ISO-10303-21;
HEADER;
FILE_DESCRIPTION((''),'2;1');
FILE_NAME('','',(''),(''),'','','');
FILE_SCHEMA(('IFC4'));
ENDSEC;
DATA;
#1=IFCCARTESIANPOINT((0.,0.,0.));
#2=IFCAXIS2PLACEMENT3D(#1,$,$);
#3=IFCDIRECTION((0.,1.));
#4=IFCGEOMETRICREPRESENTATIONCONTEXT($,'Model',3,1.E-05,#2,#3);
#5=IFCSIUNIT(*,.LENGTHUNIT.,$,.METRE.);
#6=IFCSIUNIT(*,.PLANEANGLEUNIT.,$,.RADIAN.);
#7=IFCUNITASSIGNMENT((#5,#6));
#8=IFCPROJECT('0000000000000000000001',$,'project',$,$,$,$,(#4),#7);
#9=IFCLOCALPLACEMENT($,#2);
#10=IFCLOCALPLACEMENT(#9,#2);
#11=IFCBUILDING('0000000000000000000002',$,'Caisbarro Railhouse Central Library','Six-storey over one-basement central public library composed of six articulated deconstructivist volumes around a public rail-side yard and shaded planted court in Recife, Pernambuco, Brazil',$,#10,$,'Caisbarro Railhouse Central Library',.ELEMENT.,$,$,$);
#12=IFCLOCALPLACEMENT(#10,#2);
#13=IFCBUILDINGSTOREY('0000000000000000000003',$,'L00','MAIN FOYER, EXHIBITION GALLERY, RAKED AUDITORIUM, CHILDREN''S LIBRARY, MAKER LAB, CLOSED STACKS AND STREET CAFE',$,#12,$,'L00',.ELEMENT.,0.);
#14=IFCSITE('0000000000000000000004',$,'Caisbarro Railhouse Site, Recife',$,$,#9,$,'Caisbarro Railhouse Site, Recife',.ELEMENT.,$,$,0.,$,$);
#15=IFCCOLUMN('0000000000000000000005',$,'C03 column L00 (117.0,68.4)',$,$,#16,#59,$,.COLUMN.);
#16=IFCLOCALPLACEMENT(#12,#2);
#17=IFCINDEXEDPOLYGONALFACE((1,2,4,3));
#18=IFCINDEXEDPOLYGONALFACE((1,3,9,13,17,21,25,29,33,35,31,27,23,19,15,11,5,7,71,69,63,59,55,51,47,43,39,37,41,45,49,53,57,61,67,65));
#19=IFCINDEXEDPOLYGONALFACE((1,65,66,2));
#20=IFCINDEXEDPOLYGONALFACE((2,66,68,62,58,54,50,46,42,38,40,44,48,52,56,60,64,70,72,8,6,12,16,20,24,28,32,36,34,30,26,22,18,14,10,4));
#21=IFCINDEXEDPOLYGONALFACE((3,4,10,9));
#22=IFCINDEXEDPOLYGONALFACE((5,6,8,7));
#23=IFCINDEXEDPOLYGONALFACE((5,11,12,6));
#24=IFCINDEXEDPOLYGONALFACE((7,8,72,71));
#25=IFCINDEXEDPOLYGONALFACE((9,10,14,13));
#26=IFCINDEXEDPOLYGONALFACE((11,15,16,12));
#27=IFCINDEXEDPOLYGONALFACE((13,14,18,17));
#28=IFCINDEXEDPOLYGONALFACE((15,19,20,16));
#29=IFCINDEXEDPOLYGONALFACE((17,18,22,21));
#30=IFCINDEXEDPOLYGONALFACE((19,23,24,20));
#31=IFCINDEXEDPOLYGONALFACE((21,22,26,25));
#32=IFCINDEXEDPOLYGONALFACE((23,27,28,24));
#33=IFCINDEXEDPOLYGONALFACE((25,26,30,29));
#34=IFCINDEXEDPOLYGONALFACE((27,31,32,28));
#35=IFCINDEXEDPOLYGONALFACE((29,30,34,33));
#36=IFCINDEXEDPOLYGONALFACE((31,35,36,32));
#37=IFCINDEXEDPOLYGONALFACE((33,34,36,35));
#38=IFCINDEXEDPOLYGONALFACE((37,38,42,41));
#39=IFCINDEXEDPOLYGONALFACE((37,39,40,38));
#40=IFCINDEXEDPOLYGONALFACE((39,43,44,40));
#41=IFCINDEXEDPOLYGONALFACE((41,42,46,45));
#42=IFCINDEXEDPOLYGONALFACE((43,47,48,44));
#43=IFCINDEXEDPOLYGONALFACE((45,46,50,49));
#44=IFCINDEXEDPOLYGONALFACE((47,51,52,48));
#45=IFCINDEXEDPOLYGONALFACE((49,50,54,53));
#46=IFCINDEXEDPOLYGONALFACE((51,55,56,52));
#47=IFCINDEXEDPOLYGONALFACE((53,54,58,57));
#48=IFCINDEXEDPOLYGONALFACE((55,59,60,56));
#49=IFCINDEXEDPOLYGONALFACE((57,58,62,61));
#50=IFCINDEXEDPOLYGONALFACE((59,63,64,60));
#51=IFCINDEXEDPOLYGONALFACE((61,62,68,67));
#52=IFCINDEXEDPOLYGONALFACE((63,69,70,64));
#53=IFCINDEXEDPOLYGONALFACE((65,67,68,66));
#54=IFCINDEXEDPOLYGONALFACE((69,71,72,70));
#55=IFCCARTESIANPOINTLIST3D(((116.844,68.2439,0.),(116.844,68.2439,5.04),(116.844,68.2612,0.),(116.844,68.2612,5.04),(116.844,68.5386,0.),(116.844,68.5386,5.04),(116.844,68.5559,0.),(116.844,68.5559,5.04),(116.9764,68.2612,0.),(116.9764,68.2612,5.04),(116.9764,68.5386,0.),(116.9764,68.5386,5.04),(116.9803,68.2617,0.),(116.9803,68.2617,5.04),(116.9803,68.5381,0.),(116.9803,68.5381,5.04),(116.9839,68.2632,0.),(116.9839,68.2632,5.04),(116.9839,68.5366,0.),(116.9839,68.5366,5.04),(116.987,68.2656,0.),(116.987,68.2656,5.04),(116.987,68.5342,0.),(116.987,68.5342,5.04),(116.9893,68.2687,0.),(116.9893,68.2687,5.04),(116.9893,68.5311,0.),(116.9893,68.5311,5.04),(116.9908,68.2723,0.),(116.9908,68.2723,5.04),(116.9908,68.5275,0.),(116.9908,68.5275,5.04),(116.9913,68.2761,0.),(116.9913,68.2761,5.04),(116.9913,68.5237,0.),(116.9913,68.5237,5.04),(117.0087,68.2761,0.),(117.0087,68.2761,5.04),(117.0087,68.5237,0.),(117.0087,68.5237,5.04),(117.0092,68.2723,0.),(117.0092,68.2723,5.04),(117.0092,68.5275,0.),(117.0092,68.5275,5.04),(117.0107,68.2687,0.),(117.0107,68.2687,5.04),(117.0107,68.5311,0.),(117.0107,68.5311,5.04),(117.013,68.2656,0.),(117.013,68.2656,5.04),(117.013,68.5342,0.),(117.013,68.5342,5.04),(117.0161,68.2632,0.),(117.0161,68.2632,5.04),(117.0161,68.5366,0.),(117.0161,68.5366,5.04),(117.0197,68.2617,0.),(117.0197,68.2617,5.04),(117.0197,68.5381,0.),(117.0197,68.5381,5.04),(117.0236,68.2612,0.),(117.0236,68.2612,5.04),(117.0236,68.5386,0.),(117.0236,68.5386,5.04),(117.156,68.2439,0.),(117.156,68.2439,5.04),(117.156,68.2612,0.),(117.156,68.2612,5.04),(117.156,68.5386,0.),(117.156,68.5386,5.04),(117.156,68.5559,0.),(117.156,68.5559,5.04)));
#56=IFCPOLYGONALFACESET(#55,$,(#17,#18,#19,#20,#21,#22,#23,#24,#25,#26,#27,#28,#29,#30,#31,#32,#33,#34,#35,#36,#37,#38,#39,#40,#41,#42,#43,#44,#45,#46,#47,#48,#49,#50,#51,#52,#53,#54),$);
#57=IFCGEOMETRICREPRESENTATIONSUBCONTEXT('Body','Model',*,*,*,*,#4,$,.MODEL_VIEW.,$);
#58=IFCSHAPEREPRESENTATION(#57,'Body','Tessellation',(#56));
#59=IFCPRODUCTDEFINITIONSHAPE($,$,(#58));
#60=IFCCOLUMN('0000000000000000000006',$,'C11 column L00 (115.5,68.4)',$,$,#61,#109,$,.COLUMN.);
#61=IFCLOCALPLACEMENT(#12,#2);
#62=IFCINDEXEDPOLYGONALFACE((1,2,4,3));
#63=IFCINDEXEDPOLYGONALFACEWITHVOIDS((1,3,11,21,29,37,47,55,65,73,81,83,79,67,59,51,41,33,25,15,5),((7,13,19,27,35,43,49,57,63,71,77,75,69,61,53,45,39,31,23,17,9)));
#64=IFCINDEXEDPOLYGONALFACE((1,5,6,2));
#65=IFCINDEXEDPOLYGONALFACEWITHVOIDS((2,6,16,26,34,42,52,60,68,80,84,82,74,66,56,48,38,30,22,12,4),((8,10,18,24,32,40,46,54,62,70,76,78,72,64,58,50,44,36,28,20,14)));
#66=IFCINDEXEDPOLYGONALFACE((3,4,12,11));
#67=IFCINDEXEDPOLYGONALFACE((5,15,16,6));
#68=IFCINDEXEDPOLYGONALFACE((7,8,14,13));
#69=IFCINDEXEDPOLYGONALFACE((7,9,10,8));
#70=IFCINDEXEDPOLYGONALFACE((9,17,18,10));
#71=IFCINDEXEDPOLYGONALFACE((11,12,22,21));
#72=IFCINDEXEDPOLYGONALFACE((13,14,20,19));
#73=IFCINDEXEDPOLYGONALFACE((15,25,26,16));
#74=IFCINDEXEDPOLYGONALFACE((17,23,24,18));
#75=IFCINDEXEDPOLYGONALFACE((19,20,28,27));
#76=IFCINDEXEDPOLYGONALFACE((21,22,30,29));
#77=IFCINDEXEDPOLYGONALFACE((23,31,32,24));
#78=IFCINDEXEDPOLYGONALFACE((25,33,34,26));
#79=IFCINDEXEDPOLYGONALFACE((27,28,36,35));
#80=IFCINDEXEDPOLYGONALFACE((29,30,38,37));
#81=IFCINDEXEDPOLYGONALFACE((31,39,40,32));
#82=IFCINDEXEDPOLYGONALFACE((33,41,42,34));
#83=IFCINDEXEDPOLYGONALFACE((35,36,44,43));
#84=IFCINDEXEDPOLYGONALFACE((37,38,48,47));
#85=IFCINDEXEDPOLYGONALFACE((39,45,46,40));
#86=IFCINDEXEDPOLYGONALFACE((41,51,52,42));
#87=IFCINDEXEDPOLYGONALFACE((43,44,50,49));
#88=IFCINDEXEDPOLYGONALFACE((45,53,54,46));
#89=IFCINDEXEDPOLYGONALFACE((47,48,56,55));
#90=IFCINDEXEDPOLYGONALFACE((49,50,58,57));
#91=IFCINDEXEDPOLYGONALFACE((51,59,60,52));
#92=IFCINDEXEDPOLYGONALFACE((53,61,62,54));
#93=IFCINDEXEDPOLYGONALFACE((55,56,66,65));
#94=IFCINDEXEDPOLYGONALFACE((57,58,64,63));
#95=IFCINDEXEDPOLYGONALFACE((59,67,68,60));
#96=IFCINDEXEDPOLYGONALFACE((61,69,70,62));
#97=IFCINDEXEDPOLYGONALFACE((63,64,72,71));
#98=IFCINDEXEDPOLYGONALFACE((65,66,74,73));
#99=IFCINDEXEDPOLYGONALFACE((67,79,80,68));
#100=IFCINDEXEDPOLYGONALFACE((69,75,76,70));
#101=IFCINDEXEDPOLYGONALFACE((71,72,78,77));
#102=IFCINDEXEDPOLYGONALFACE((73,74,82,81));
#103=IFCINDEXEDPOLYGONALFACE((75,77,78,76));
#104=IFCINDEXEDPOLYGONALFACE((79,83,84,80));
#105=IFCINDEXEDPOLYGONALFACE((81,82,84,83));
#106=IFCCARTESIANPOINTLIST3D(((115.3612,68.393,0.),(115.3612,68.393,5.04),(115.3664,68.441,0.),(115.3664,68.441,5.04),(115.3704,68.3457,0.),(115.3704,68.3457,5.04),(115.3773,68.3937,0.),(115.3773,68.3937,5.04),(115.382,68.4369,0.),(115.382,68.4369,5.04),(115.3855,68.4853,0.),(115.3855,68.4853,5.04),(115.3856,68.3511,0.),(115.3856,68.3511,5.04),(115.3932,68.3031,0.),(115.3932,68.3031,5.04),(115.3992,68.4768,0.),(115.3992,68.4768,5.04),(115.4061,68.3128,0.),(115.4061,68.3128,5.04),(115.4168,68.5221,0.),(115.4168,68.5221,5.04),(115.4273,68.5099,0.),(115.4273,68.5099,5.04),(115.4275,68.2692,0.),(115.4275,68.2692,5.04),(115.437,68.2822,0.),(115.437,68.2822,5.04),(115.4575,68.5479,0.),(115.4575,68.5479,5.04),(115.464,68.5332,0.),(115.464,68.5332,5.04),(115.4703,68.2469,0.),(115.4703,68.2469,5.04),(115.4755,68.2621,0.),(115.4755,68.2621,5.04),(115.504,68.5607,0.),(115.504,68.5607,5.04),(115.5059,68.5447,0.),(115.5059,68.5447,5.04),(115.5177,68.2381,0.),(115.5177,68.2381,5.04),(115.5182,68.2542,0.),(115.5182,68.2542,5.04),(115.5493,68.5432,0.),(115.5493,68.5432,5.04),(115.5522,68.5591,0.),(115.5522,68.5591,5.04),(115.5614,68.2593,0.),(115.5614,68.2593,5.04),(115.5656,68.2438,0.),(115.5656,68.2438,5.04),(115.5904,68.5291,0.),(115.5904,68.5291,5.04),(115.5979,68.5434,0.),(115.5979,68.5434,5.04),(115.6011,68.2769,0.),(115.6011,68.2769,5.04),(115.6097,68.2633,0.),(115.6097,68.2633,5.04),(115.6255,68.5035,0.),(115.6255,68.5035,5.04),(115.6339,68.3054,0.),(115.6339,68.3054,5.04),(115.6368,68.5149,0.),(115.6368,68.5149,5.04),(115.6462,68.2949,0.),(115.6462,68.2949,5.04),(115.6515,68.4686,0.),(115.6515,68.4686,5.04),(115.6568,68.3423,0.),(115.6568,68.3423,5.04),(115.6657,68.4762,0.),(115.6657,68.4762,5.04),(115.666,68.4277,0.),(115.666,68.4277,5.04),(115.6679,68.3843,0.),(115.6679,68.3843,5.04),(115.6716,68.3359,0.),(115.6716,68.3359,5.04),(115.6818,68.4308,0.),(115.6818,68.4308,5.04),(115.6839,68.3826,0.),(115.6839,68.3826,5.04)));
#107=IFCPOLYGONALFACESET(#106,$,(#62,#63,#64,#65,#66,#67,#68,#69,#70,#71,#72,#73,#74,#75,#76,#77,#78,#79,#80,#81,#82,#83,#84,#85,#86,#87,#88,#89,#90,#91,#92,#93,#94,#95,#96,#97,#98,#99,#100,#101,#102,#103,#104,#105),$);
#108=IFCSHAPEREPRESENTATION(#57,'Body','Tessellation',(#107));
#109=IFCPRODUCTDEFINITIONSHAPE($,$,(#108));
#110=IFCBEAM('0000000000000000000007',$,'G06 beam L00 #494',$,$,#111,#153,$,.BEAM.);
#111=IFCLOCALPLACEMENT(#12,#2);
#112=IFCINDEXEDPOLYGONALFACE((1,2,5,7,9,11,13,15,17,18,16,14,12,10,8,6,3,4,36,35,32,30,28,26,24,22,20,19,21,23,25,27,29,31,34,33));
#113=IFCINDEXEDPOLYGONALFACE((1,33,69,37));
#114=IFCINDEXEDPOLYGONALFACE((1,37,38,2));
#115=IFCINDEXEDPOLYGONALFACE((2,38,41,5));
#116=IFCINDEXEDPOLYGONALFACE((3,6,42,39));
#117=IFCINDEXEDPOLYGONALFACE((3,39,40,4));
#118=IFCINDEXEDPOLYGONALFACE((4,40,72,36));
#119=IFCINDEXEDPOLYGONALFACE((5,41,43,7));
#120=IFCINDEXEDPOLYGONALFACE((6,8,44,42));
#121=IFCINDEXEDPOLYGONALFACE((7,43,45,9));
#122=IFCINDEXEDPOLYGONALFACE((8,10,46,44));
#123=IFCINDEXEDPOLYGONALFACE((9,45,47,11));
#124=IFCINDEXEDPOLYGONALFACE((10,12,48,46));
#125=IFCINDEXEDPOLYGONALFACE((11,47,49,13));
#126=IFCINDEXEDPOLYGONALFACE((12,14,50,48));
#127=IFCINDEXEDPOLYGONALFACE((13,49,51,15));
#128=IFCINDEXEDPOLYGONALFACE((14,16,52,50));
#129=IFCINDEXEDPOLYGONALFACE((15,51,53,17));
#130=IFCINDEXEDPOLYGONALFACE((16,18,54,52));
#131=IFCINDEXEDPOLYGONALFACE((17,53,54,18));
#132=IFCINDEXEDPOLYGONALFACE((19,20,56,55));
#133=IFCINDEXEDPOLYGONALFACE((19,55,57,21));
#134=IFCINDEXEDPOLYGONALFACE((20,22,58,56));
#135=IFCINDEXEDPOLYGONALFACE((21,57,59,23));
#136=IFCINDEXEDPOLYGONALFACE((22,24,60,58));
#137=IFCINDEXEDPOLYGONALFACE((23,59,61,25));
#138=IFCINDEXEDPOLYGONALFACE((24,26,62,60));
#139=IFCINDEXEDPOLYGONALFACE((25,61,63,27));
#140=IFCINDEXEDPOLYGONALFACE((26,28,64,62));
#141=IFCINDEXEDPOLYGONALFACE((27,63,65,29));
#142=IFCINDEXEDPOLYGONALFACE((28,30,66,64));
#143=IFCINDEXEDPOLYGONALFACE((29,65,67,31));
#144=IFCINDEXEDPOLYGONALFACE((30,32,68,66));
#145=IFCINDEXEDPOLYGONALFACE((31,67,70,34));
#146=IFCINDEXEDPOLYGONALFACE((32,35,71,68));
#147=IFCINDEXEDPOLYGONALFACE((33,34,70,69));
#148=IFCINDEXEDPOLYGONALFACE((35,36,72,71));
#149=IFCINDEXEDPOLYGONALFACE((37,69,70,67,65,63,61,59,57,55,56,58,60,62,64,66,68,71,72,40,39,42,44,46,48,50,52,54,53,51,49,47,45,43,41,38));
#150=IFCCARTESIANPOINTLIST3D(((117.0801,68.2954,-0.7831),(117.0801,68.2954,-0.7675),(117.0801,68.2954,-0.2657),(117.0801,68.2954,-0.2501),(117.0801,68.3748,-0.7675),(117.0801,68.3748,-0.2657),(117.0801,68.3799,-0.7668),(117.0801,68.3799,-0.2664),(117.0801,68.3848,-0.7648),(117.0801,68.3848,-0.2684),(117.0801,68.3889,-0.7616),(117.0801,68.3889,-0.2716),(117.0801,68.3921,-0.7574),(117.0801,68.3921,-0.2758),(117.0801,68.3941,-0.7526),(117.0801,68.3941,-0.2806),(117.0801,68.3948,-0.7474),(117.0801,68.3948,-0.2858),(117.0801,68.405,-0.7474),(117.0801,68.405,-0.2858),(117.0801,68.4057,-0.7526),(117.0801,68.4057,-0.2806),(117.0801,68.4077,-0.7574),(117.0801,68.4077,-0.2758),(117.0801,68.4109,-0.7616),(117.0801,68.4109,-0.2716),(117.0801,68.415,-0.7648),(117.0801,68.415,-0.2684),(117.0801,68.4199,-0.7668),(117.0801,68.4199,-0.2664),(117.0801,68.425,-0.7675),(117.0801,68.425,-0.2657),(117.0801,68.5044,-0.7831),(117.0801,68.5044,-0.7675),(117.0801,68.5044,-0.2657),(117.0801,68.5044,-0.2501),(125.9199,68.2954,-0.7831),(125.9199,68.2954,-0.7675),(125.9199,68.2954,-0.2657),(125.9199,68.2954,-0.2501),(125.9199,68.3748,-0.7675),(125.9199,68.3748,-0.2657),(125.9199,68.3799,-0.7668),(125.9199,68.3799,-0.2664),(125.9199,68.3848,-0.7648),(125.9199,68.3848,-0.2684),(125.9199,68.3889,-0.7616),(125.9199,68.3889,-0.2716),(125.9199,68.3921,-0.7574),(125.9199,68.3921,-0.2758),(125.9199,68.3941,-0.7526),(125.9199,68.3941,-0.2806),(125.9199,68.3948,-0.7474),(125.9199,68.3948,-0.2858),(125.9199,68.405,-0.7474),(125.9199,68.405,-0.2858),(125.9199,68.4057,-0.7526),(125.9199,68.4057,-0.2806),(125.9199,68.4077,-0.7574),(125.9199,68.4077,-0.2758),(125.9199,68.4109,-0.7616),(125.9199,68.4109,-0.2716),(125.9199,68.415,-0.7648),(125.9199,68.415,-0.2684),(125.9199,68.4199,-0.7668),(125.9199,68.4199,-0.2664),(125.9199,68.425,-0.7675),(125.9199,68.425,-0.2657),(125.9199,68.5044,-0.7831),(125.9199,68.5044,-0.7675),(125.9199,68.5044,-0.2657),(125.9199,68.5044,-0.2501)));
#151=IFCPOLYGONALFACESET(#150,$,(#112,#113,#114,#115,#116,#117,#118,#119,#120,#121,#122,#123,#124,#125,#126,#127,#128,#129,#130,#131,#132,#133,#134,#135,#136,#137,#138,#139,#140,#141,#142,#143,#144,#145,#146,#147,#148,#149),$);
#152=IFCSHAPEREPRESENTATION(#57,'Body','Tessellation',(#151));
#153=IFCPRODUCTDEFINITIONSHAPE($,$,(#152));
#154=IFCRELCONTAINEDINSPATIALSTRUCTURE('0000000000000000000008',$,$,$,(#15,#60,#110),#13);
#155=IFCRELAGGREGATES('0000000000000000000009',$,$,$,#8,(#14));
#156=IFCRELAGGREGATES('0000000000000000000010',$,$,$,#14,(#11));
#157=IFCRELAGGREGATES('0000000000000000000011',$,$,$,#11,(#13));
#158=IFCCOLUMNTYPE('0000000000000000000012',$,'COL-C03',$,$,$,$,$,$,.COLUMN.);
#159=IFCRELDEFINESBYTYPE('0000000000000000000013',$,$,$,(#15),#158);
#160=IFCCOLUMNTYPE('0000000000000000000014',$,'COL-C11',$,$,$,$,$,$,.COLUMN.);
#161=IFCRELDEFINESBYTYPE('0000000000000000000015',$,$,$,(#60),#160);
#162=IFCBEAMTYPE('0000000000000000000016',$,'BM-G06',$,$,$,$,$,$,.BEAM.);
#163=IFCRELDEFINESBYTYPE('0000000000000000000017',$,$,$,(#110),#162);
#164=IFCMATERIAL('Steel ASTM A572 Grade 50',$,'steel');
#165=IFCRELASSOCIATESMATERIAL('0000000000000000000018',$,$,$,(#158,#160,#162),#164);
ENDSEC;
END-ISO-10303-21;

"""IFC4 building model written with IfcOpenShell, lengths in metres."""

from ifc_helpers import new_model, si_unit, direction, frame, origin, origin_2d, place, context, subcontext, project, spatial, hollow_circle, i_section, extrude, material, material_profile, profile_set, type_object, element, save


model = new_model("IFC4")

# Units and contexts
model_context = context("Model", 3, precision=1e-05, world=origin(), true_north=direction((0.0, 1.0)))
body_context = subcontext(model_context, "Body", "Model", "MODEL_VIEW")
ifc_project = project(units=[si_unit("LENGTHUNIT", "METRE"), si_unit("PLANEANGLEUNIT", "RADIAN")], contexts=[model_context])

# Site, building, storey
site_placement = place(None, origin())
site = spatial("IfcSite", under=ifc_project, at=site_placement, Name="Caisbarro Railhouse Site, Recife", LongName="Caisbarro Railhouse Site, Recife", CompositionType="ELEMENT", RefElevation=0.0)
building_placement = place(site_placement, origin())
building = spatial("IfcBuilding", under=site, at=building_placement, Name="Caisbarro Railhouse Central Library", Description="Six-storey over one-basement central public library composed of six articulated deconstructivist volumes around a public rail-side yard and shaded planted court in Recife, Pernambuco, Brazil", LongName="Caisbarro Railhouse Central Library", CompositionType="ELEMENT")
storey_placement = place(building_placement, origin())
storey = spatial("IfcBuildingStorey", under=building, at=storey_placement, Name="L00", Description="MAIN FOYER, EXHIBITION GALLERY, RAKED AUDITORIUM, CHILDREN'S LIBRARY, MAKER LAB, CLOSED STACKS AND STREET CAFE", LongName="L00", CompositionType="ELEMENT", Elevation=0.0)

# Columns
ifc_material_1 = material(Name="Steel ASTM A572 Grade 50", Category="steel")
ifc_material_profile_1 = material_profile(ifc_material_1, i_section(OverallWidth=0.312, OverallDepth=0.312, WebThickness=0.0173, FlangeThickness=0.0173, FilletRadius=0.0149, at=origin_2d()), Name="HP310X125.0")
ifc_profile_set_1 = profile_set([ifc_material_profile_1], Name="Steel ASTM A572 Grade 50")
column_type_1 = type_object("IfcColumnType", Name="COL-C03", PredefinedType="COLUMN", material=ifc_profile_set_1)
column_1_placement = place(storey_placement, frame((117.0, 68.3999, 0.0), z_axis=(0.0, 0.0, 1.0), x_axis=(1.0, 0.0, 0.0)))
element("IfcColumn", 1, at=column_1_placement, inside=storey, type_object=column_type_1, Name="C03 column L00 (117.0,68.4)", PredefinedType="COLUMN", context=body_context, shape_type="SweptSolid", body=[
    extrude(i_section(OverallWidth=0.312, OverallDepth=0.312, WebThickness=0.0173, FlangeThickness=0.0173, FilletRadius=0.0149, at=origin_2d()), origin(), (0.0, 0.0, 1.0), 5.04),
])
ifc_material_profile_2 = material_profile(ifc_material_1, hollow_circle(Radius=0.1619, WallThickness=0.0161, at=origin_2d()), Name="CHS323.9X16.0")
ifc_profile_set_2 = profile_set([ifc_material_profile_2], Name="Steel ASTM A572 Grade 50")
column_type_2 = type_object("IfcColumnType", Name="COL-C11", PredefinedType="COLUMN", material=ifc_profile_set_2)
column_2_placement = place(storey_placement, frame((115.5229, 68.3999, 0.0), z_axis=(0.0, 0.0, 1.0), x_axis=(0.981627, 0.190809, 0.0)))
element("IfcColumn", 2, at=column_2_placement, inside=storey, type_object=column_type_2, Name="C11 column L00 (115.5,68.4)", PredefinedType="COLUMN", context=body_context, shape_type="SweptSolid", body=[
    extrude(hollow_circle(Radius=0.1619, WallThickness=0.0161, at=origin_2d()), origin(), (0.0, 0.0, 1.0), 5.04),
])

# Beam
ifc_material_profile_3 = material_profile(ifc_material_1, i_section(OverallWidth=0.209, OverallDepth=0.533, WebThickness=0.0103, FlangeThickness=0.0156, FilletRadius=0.02, at=origin_2d()), Name="W530X92.0")
ifc_profile_set_3 = profile_set([ifc_material_profile_3], Name="Steel ASTM A572 Grade 50")
beam_type_1 = type_object("IfcBeamType", Name="BM-G06", PredefinedType="BEAM", material=ifc_profile_set_3)
beam_1_placement = place(storey_placement, frame((117.0801, 68.3999, -0.5166), z_axis=(1.0, 0.0, 0.0), x_axis=(0.0, 1.0, 0.0)))
element("IfcBeam", 3, at=beam_1_placement, inside=storey, type_object=beam_type_1, Name="G06 beam L00 #494", PredefinedType="BEAM", context=body_context, shape_type="SweptSolid", body=[
    extrude(i_section(OverallWidth=0.209, OverallDepth=0.533, WebThickness=0.0103, FlangeThickness=0.0156, FilletRadius=0.02, at=origin_2d()), origin(), (0.0, 0.0, 1.0), 8.8398),
])

save(model, "model.ifc")
